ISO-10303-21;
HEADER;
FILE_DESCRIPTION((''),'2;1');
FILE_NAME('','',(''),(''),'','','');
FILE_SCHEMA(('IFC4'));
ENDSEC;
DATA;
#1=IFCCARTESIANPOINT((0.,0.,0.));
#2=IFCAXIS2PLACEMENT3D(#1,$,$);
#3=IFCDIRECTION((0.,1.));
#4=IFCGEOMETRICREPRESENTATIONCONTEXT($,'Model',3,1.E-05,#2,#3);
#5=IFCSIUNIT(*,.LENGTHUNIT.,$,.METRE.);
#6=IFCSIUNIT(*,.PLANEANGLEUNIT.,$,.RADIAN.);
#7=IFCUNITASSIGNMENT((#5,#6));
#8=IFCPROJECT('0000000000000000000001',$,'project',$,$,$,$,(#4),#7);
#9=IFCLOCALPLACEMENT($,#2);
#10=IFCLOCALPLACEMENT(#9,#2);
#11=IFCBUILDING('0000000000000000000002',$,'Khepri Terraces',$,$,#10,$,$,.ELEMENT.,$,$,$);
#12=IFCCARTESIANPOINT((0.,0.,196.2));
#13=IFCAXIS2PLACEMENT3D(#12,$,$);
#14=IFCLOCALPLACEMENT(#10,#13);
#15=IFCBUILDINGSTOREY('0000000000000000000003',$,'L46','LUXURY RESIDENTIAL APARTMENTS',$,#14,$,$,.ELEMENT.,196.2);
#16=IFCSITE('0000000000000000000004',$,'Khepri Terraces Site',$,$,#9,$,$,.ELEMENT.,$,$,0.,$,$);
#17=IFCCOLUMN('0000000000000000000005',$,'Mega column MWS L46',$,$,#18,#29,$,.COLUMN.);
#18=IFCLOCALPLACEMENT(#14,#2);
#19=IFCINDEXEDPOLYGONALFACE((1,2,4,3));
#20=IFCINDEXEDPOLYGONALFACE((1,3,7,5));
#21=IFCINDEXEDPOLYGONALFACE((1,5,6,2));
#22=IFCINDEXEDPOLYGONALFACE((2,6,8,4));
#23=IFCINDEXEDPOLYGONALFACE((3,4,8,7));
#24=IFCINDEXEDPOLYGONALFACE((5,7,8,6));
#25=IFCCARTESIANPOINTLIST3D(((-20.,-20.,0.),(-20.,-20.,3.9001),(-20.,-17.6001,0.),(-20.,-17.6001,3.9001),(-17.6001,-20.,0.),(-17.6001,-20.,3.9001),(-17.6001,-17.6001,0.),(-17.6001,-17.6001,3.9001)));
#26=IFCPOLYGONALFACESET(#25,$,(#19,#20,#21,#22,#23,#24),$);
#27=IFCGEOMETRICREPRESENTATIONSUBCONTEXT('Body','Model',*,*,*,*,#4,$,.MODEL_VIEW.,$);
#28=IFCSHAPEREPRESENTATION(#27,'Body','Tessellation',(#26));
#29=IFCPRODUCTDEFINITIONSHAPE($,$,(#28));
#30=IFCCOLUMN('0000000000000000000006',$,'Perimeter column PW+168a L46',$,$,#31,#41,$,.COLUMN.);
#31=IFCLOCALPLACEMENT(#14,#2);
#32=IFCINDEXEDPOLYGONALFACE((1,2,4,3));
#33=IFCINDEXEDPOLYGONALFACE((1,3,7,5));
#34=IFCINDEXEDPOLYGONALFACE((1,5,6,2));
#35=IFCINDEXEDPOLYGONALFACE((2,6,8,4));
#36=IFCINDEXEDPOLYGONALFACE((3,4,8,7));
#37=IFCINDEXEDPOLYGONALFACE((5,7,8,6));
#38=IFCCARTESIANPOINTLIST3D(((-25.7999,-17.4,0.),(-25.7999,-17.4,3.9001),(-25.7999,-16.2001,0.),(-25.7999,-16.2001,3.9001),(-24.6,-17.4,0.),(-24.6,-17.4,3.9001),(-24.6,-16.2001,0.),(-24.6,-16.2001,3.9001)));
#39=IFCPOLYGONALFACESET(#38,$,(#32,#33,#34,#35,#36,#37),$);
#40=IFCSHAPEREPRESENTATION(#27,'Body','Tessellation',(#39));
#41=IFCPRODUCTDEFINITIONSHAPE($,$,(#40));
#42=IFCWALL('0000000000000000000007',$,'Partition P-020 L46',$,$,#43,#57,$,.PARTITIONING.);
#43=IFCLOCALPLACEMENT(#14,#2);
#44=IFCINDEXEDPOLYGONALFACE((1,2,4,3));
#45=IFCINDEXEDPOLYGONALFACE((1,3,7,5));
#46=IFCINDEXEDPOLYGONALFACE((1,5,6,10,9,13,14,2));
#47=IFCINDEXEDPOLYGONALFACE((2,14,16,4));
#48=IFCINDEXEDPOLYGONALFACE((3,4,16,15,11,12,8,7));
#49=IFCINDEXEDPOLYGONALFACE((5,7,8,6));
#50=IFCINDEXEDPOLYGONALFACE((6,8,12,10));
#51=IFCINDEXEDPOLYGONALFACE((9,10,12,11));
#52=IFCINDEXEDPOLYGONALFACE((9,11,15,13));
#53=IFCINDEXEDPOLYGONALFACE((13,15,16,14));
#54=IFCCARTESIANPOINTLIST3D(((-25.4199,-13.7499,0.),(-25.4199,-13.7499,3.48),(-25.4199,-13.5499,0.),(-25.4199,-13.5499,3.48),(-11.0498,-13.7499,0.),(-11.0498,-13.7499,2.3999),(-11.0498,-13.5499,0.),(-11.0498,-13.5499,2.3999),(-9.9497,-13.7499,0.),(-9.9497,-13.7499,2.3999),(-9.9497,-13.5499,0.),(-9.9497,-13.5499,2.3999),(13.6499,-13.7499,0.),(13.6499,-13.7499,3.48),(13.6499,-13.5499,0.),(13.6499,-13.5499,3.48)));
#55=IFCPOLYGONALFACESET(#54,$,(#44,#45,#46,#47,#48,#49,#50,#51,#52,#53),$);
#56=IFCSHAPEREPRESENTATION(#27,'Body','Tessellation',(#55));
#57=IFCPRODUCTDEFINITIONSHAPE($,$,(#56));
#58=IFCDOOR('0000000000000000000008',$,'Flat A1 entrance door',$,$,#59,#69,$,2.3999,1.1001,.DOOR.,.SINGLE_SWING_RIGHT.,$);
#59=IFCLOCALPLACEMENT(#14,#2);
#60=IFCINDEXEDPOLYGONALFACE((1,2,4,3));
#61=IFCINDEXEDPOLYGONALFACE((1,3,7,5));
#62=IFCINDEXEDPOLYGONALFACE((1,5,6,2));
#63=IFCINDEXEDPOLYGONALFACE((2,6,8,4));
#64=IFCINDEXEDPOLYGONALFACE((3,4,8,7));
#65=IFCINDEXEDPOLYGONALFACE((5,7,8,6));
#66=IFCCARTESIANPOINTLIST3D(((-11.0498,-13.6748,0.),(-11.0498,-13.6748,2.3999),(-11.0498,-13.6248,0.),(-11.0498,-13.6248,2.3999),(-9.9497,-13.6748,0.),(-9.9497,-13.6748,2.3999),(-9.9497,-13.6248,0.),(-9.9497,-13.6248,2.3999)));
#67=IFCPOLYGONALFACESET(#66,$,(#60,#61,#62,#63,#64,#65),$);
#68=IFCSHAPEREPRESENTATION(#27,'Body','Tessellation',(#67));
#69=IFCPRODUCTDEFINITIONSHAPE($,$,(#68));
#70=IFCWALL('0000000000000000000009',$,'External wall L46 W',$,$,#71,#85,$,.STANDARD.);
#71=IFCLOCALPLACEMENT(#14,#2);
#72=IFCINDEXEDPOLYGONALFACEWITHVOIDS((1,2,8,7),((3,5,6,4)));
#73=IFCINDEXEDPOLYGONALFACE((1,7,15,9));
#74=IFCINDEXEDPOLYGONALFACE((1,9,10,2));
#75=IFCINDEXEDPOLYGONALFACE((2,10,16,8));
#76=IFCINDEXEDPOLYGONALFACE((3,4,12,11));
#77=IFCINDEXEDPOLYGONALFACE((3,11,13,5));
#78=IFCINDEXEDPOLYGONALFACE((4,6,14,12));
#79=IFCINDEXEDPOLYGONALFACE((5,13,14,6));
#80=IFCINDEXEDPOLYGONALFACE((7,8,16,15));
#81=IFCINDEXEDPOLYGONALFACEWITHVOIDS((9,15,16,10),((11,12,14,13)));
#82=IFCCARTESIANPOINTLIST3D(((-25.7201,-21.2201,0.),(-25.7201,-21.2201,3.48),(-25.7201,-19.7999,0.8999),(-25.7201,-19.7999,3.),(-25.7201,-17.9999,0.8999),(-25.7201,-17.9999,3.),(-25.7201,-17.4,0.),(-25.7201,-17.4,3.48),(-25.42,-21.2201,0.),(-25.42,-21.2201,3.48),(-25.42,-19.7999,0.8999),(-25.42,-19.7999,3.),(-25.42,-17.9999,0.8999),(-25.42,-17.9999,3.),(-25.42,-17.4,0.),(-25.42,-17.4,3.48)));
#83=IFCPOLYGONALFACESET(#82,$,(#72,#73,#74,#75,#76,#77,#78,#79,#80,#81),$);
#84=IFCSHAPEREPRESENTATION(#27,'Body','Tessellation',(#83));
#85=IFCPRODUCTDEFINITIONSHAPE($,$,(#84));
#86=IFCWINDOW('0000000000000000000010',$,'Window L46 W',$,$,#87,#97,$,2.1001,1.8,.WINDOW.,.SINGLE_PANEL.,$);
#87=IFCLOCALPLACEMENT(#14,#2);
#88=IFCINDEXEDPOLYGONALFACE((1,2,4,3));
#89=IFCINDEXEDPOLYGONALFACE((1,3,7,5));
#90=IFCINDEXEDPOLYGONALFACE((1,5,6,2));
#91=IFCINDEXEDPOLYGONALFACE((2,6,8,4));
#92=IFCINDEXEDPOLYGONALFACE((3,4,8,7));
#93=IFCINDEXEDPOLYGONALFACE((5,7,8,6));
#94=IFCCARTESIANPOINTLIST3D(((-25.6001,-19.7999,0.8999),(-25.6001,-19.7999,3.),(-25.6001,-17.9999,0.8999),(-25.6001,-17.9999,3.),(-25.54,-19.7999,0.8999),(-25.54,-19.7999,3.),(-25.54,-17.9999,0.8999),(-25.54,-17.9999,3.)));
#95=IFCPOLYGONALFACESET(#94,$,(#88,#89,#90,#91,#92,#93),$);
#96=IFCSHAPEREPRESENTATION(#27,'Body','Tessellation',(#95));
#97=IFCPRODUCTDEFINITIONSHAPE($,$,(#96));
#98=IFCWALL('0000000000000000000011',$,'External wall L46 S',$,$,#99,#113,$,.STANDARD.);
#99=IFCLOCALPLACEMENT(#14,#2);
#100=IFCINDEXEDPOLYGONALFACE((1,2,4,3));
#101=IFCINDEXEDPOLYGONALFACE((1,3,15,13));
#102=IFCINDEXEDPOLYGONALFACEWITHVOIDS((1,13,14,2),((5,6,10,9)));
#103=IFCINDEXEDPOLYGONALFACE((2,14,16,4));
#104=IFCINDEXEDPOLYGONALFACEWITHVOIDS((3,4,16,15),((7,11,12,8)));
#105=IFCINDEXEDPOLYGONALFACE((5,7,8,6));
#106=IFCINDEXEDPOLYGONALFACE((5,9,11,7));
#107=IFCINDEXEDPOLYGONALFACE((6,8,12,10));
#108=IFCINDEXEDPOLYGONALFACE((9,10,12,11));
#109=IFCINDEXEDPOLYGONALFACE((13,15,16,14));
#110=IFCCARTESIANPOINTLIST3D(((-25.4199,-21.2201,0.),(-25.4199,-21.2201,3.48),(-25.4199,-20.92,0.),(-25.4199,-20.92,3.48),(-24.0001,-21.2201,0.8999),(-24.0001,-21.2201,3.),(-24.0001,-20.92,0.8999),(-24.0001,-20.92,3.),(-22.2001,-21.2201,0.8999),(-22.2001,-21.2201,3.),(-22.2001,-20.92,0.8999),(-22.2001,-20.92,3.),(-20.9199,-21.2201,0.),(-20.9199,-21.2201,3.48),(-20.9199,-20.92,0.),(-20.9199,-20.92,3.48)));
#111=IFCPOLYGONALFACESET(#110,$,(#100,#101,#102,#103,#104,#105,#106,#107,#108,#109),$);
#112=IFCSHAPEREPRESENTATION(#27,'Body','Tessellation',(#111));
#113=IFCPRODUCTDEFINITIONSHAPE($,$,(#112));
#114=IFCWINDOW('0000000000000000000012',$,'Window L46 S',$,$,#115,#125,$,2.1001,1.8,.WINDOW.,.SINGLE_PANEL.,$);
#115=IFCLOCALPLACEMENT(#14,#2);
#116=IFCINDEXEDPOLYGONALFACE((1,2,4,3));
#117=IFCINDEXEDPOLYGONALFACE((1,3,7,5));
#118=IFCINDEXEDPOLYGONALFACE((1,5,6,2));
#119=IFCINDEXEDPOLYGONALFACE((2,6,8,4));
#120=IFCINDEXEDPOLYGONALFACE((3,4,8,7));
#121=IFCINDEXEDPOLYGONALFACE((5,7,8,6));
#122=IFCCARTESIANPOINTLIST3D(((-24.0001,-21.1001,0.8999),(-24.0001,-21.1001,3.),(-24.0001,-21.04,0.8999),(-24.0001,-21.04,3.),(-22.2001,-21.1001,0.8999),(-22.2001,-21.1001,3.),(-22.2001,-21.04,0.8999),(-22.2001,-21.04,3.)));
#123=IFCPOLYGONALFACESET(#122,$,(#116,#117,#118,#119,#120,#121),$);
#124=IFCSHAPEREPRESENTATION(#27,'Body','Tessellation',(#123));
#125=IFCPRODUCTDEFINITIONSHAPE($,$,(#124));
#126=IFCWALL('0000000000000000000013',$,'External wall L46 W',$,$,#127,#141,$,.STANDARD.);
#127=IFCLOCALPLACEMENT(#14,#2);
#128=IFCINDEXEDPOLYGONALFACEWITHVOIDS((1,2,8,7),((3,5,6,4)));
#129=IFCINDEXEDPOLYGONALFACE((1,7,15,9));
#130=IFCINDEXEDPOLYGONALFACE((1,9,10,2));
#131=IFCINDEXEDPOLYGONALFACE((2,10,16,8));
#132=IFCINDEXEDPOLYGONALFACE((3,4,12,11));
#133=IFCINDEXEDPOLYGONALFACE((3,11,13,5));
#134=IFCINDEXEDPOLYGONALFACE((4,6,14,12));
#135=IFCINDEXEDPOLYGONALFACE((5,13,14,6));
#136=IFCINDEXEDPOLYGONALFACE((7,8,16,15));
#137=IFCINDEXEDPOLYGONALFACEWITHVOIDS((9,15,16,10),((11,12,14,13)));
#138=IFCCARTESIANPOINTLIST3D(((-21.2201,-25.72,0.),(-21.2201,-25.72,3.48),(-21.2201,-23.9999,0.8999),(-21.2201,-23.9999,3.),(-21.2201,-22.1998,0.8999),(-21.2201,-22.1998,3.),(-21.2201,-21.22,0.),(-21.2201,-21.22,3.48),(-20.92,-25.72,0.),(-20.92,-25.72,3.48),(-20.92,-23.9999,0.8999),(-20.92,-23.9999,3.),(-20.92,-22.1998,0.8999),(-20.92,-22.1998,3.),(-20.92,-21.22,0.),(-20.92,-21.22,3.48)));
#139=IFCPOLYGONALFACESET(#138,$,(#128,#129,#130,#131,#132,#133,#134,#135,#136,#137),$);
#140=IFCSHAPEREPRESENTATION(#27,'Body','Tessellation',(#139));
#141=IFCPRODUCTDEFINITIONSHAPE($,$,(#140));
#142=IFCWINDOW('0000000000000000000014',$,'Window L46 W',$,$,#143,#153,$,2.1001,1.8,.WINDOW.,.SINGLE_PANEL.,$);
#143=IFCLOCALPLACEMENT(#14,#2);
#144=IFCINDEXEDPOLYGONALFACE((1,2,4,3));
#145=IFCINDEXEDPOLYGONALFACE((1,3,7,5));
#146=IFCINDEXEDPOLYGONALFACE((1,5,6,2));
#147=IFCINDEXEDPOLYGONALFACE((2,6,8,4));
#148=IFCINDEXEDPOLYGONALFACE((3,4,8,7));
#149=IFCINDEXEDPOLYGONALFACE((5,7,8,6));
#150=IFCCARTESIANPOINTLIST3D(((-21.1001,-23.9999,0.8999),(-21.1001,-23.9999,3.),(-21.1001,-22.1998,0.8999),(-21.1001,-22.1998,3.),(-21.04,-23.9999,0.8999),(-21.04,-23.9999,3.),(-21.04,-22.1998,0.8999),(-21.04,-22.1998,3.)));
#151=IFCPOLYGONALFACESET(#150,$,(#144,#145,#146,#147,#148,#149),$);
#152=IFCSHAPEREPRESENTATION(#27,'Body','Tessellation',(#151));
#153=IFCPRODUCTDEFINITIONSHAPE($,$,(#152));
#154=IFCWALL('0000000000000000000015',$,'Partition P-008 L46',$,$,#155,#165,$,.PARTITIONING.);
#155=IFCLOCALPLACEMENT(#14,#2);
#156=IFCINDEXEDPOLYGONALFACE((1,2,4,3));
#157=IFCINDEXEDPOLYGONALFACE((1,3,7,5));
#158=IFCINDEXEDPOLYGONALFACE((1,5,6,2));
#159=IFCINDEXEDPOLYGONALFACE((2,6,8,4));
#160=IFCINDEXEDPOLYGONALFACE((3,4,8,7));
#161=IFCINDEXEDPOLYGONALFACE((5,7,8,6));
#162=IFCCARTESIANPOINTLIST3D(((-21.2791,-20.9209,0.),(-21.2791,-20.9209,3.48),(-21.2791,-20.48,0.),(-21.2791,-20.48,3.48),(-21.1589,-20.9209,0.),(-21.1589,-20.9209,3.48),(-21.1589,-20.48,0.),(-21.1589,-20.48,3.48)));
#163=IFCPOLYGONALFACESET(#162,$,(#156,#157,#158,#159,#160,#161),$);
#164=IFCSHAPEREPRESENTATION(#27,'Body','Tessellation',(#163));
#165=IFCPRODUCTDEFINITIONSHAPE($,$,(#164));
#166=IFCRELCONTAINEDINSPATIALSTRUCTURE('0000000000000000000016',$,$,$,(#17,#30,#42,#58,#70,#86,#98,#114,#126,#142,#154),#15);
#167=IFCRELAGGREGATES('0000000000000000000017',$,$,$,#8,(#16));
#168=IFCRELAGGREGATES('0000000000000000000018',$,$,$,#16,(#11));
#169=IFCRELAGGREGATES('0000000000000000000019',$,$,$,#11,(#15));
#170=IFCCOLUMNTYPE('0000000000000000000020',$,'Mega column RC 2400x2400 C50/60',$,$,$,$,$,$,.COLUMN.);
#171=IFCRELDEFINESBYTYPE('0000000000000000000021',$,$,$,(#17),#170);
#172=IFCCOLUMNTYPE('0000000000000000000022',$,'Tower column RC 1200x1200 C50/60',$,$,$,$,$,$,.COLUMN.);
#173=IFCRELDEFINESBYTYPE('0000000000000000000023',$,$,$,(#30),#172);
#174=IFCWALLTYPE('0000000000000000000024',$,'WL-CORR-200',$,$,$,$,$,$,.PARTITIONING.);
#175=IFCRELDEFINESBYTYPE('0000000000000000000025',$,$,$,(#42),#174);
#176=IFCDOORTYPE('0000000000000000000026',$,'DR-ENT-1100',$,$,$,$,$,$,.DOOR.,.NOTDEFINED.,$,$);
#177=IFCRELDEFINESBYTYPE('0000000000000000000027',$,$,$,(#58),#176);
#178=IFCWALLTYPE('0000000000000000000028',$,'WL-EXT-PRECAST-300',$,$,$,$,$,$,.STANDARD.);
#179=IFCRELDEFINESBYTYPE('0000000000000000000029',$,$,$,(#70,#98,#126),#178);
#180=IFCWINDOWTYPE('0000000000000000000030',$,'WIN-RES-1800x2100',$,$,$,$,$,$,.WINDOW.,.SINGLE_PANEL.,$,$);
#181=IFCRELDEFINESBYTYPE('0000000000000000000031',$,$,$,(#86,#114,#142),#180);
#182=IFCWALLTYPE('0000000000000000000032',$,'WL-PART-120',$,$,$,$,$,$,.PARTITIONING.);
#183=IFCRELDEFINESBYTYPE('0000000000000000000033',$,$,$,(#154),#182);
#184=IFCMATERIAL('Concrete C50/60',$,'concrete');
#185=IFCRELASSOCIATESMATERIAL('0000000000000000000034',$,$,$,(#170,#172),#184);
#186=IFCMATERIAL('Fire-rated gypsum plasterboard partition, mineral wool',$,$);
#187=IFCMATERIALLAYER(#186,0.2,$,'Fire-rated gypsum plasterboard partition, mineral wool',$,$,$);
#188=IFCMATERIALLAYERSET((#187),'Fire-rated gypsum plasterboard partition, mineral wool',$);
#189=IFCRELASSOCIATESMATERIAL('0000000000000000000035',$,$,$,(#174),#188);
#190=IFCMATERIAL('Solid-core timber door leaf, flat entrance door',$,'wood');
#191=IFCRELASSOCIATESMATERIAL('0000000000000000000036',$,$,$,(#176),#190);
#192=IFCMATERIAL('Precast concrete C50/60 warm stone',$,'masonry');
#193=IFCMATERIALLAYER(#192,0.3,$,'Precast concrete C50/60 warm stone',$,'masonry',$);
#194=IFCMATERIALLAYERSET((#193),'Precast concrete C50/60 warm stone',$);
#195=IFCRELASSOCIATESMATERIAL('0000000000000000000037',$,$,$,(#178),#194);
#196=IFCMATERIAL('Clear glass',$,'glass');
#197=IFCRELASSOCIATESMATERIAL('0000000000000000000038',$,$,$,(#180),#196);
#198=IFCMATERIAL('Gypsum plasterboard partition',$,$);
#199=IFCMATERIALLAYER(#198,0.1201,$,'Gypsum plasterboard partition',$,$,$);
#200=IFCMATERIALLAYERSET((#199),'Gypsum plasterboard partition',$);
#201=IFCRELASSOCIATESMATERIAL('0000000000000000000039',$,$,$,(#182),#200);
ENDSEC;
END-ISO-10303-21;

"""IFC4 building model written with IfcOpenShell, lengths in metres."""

from ifc_helpers import new_model, si_unit, direction, frame, frame_2d, origin, origin_2d, place, context, subcontext, project, spatial, rectangle, extrude, material, layer, layer_set, material_profile, profile_set, type_object, element, fill, save


model = new_model("IFC4")

# Units and contexts
model_context = context("Model", 3, precision=1e-05, world=origin(), true_north=direction((0.0, 1.0)))
body_context = subcontext(model_context, "Body", "Model", "MODEL_VIEW")
ifc_project = project(units=[si_unit("LENGTHUNIT", "METRE"), si_unit("PLANEANGLEUNIT", "RADIAN")], contexts=[model_context])

# Site, building, storey
site_placement = place(None, origin())
site = spatial("IfcSite", under=ifc_project, at=site_placement, Name="Khepri Terraces Site", CompositionType="ELEMENT", RefElevation=0.0)
building_placement = place(site_placement, origin())
building = spatial("IfcBuilding", under=site, at=building_placement, Name="Khepri Terraces", CompositionType="ELEMENT")
storey_placement = place(building_placement, frame((0.0, 0.0, 196.2)))
storey = spatial("IfcBuildingStorey", under=building, at=storey_placement, Name="L46", Description="LUXURY RESIDENTIAL APARTMENTS", CompositionType="ELEMENT", Elevation=196.2)

# Columns
ifc_material_1 = material(Name="Concrete C50/60", Category="concrete")
ifc_material_profile_1 = material_profile(ifc_material_1, rectangle(XDim=2.3999, YDim=2.3999, at=origin_2d()), Name="Concrete C50/60", Category="concrete")
ifc_profile_set_1 = profile_set([ifc_material_profile_1], Name="Concrete C50/60")
column_type_1 = type_object("IfcColumnType", Name="Mega column RC 2400x2400 C50/60", PredefinedType="COLUMN", material=ifc_profile_set_1)
column_1_placement = place(storey_placement, frame((-18.8, -18.8, 0.0), z_axis=(0.0, 0.0, 1.0), x_axis=(1.0, 0.0, 0.0)))
element("IfcColumn", 1, at=column_1_placement, inside=storey, type_object=column_type_1, Name="Mega column MWS L46", PredefinedType="COLUMN", context=body_context, shape_type="SweptSolid", body=[
    extrude(rectangle(XDim=2.3999, YDim=2.3999, at=origin_2d()), origin(), (0.0, 0.0, 1.0), 3.9001),
])
ifc_material_profile_2 = material_profile(ifc_material_1, rectangle(XDim=1.2, YDim=1.2, at=origin_2d()), Name="Concrete C50/60", Category="concrete")
ifc_profile_set_2 = profile_set([ifc_material_profile_2], Name="Concrete C50/60")
column_type_2 = type_object("IfcColumnType", Name="Tower column RC 1200x1200 C50/60", PredefinedType="COLUMN", material=ifc_profile_set_2)
column_2_placement = place(storey_placement, frame((-25.2, -16.8, 0.0), z_axis=(0.0, 0.0, 1.0), x_axis=(1.0, 0.0, 0.0)))
element("IfcColumn", 2, at=column_2_placement, inside=storey, type_object=column_type_2, Name="Perimeter column PW+168a L46", PredefinedType="COLUMN", context=body_context, shape_type="SweptSolid", body=[
    extrude(rectangle(XDim=1.2, YDim=1.2, at=origin_2d()), origin(), (0.0, 0.0, 1.0), 3.9001),
])

# Wall, opening, door
ifc_material_2 = material(Name="Fire-rated gypsum plasterboard partition, mineral wool")
ifc_layer_1 = layer(ifc_material_2, 0.2, Name="Fire-rated gypsum plasterboard partition, mineral wool")
ifc_layer_set_1 = layer_set([ifc_layer_1], Name="Fire-rated gypsum plasterboard partition, mineral wool")
wall_type_1 = type_object("IfcWallType", Name="WL-CORR-200", PredefinedType="PARTITIONING", material=ifc_layer_set_1)
wall_1_placement = place(storey_placement, frame((-25.4199, -13.6499, 0.0), z_axis=(0.0, 0.0, 1.0), x_axis=(1.0, 0.0, 0.0)))
wall_1 = element("IfcWall", 3, at=wall_1_placement, inside=storey, type_object=wall_type_1, Name="Partition P-020 L46", PredefinedType="PARTITIONING", context=body_context, shape_type="SweptSolid", body=[
    extrude(rectangle(XDim=39.0698, YDim=0.2, at=frame_2d((19.5349, 0.0))), origin(), (0.0, 0.0, 1.0), 3.48),
])
opening_1_placement = place(wall_1_placement, frame((14.3701, 0.0, 0.0)))
opening_1 = element("IfcOpeningElement", 4, at=opening_1_placement, cuts=wall_1, PredefinedType="OPENING", context=body_context, shape_type="SweptSolid", body=[
    extrude(rectangle(XDim=1.1001, YDim=2.3999, at=frame_2d((0.55, 1.2))), frame((0.0, 0.1099, 0.0), z_axis=(0.0, -1.0, 0.0), x_axis=(1.0, 0.0, 0.0)), (0.0, 0.0, 1.0), 0.22),
])
ifc_material_3 = material(Name="Solid-core timber door leaf, flat entrance door", Category="wood")
door_type_1 = type_object("IfcDoorType", Name="DR-ENT-1100", OperationType="NOTDEFINED", PredefinedType="DOOR", material=ifc_material_3)
door_1_placement = place(opening_1_placement, frame((1.1001, 0.0, 0.0), z_axis=(0.0, 0.0, 1.0), x_axis=(-1.0, 0.0, 0.0)))
door_1 = element("IfcDoor", 5, at=door_1_placement, inside=storey, type_object=door_type_1, Name="Flat A1 entrance door", OperationType="SINGLE_SWING_RIGHT", OverallHeight=2.3999, OverallWidth=1.1001, PredefinedType="DOOR", context=body_context, shape_type="SweptSolid", body=[
    extrude(rectangle(XDim=1.1001, YDim=2.3999, at=frame_2d((0.55, 1.2))), frame((0.0, 0.0249, 0.0), z_axis=(0.0, -1.0, 0.0), x_axis=(1.0, 0.0, 0.0)), (0.0, 0.0, 1.0), 0.05),
])
fill(opening_1, door_1)

# Walls, openings, windows
ifc_material_4 = material(Name="Precast concrete C50/60 warm stone", Category="masonry")
ifc_layer_2 = layer(ifc_material_4, 0.3, Name="Precast concrete C50/60 warm stone", Category="masonry")
ifc_layer_set_2 = layer_set([ifc_layer_2], Name="Precast concrete C50/60 warm stone")
wall_type_2 = type_object("IfcWallType", Name="WL-EXT-PRECAST-300", PredefinedType="STANDARD", material=ifc_layer_set_2)
wall_2_placement = place(storey_placement, frame((-25.5701, -17.3999, 0.0), z_axis=(0.0, 0.0, 1.0), x_axis=(0.0, -1.0, 0.0)))
wall_2 = element("IfcWall", 6, at=wall_2_placement, inside=storey, type_object=wall_type_2, Name="External wall L46 W", PredefinedType="STANDARD", context=body_context, shape_type="SweptSolid", body=[
    extrude(rectangle(XDim=3.8201, YDim=0.3, at=frame_2d((1.9102, 0.0))), origin(), (0.0, 0.0, 1.0), 3.48),
])
opening_2_placement = place(wall_2_placement, frame((0.6001, 0.0, 0.8999)))
opening_2 = element("IfcOpeningElement", 7, at=opening_2_placement, cuts=wall_2, PredefinedType="OPENING", context=body_context, shape_type="SweptSolid", body=[
    extrude(rectangle(XDim=1.8, YDim=2.1001, at=frame_2d((0.8999, 1.05))), frame((0.0, 0.1602, 0.0), z_axis=(0.0, -1.0, 0.0), x_axis=(1.0, 0.0, 0.0)), (0.0, 0.0, 1.0), 0.3201),
])
ifc_material_5 = material(Name="Clear glass", Category="glass")
window_type = type_object("IfcWindowType", Name="WIN-RES-1800x2100", PartitioningType="SINGLE_PANEL", PredefinedType="WINDOW", material=ifc_material_5)
window_1_placement = place(opening_2_placement, origin())
window_1 = element("IfcWindow", 8, at=window_1_placement, inside=storey, type_object=window_type, Name="Window L46 W", OverallHeight=2.1001, OverallWidth=1.8, PartitioningType="SINGLE_PANEL", PredefinedType="WINDOW", context=body_context, shape_type="SweptSolid", body=[
    extrude(rectangle(XDim=1.8, YDim=2.1001, at=frame_2d((0.8999, 1.05))), frame((0.0, 0.03, 0.0), z_axis=(0.0, -1.0, 0.0), x_axis=(1.0, 0.0, 0.0)), (0.0, 0.0, 1.0), 0.0601),
])
fill(opening_2, window_1)
wall_3_placement = place(storey_placement, frame((-25.4199, -21.0701, 0.0), z_axis=(0.0, 0.0, 1.0), x_axis=(1.0, 0.0, 0.0)))
wall_3 = element("IfcWall", 9, at=wall_3_placement, inside=storey, type_object=wall_type_2, Name="External wall L46 S", PredefinedType="STANDARD", context=body_context, shape_type="SweptSolid", body=[
    extrude(rectangle(XDim=4.5, YDim=0.3, at=frame_2d((2.25, 0.0))), origin(), (0.0, 0.0, 1.0), 3.48),
])
opening_3_placement = place(wall_3_placement, frame((1.4199, 0.0, 0.8999)))
opening_3 = element("IfcOpeningElement", 10, at=opening_3_placement, cuts=wall_3, PredefinedType="OPENING", context=body_context, shape_type="SweptSolid", body=[
    extrude(rectangle(XDim=1.8, YDim=2.1001, at=frame_2d((0.8999, 1.05))), frame((0.0, 0.1602, 0.0), z_axis=(0.0, -1.0, 0.0), x_axis=(1.0, 0.0, 0.0)), (0.0, 0.0, 1.0), 0.3201),
])
window_2_placement = place(opening_3_placement, origin())
window_2 = element("IfcWindow", 11, at=window_2_placement, inside=storey, type_object=window_type, Name="Window L46 S", OverallHeight=2.1001, OverallWidth=1.8, PartitioningType="SINGLE_PANEL", PredefinedType="WINDOW", context=body_context, shape_type="SweptSolid", body=[
    extrude(rectangle(XDim=1.8, YDim=2.1001, at=frame_2d((0.8999, 1.05))), frame((0.0, 0.03, 0.0), z_axis=(0.0, -1.0, 0.0), x_axis=(1.0, 0.0, 0.0)), (0.0, 0.0, 1.0), 0.0601),
])
fill(opening_3, window_2)
wall_4_placement = place(storey_placement, frame((-21.0701, -21.22, 0.0), z_axis=(0.0, 0.0, 1.0), x_axis=(0.0, -1.0, 0.0)))
wall_4 = element("IfcWall", 12, at=wall_4_placement, inside=storey, type_object=wall_type_2, Name="External wall L46 W", PredefinedType="STANDARD", context=body_context, shape_type="SweptSolid", body=[
    extrude(rectangle(XDim=4.5, YDim=0.3, at=frame_2d((2.25, 0.0))), origin(), (0.0, 0.0, 1.0), 3.48),
])
opening_4_placement = place(wall_4_placement, frame((0.98, 0.0, 0.8999)))
opening_4 = element("IfcOpeningElement", 13, at=opening_4_placement, cuts=wall_4, PredefinedType="OPENING", context=body_context, shape_type="SweptSolid", body=[
    extrude(rectangle(XDim=1.8, YDim=2.1001, at=frame_2d((0.8999, 1.05))), frame((0.0, 0.1602, 0.0), z_axis=(0.0, -1.0, 0.0), x_axis=(1.0, 0.0, 0.0)), (0.0, 0.0, 1.0), 0.3201),
])
window_3_placement = place(opening_4_placement, origin())
window_3 = element("IfcWindow", 14, at=window_3_placement, inside=storey, type_object=window_type, Name="Window L46 W", OverallHeight=2.1001, OverallWidth=1.8, PartitioningType="SINGLE_PANEL", PredefinedType="WINDOW", context=body_context, shape_type="SweptSolid", body=[
    extrude(rectangle(XDim=1.8, YDim=2.1001, at=frame_2d((0.8999, 1.05))), frame((0.0, 0.03, 0.0), z_axis=(0.0, -1.0, 0.0), x_axis=(1.0, 0.0, 0.0)), (0.0, 0.0, 1.0), 0.0601),
])
fill(opening_4, window_3)

# Wall
ifc_material_6 = material(Name="Gypsum plasterboard partition")
ifc_layer_3 = layer(ifc_material_6, 0.1201, Name="Gypsum plasterboard partition")
ifc_layer_set_3 = layer_set([ifc_layer_3], Name="Gypsum plasterboard partition")
wall_type_3 = type_object("IfcWallType", Name="WL-PART-120", PredefinedType="PARTITIONING", material=ifc_layer_set_3)
wall_5_placement = place(storey_placement, frame((-21.219, -20.9209, 0.0), z_axis=(0.0, 0.0, 1.0), x_axis=(0.0, 1.0, 0.0)))
element("IfcWall", 15, at=wall_5_placement, inside=storey, type_object=wall_type_3, Name="Partition P-008 L46", PredefinedType="PARTITIONING", context=body_context, shape_type="SweptSolid", body=[
    extrude(rectangle(XDim=0.4409, YDim=0.1201, at=frame_2d((0.2205, 0.0))), origin(), (0.0, 0.0, 1.0), 3.48),
])

save(model, "model.ifc")
